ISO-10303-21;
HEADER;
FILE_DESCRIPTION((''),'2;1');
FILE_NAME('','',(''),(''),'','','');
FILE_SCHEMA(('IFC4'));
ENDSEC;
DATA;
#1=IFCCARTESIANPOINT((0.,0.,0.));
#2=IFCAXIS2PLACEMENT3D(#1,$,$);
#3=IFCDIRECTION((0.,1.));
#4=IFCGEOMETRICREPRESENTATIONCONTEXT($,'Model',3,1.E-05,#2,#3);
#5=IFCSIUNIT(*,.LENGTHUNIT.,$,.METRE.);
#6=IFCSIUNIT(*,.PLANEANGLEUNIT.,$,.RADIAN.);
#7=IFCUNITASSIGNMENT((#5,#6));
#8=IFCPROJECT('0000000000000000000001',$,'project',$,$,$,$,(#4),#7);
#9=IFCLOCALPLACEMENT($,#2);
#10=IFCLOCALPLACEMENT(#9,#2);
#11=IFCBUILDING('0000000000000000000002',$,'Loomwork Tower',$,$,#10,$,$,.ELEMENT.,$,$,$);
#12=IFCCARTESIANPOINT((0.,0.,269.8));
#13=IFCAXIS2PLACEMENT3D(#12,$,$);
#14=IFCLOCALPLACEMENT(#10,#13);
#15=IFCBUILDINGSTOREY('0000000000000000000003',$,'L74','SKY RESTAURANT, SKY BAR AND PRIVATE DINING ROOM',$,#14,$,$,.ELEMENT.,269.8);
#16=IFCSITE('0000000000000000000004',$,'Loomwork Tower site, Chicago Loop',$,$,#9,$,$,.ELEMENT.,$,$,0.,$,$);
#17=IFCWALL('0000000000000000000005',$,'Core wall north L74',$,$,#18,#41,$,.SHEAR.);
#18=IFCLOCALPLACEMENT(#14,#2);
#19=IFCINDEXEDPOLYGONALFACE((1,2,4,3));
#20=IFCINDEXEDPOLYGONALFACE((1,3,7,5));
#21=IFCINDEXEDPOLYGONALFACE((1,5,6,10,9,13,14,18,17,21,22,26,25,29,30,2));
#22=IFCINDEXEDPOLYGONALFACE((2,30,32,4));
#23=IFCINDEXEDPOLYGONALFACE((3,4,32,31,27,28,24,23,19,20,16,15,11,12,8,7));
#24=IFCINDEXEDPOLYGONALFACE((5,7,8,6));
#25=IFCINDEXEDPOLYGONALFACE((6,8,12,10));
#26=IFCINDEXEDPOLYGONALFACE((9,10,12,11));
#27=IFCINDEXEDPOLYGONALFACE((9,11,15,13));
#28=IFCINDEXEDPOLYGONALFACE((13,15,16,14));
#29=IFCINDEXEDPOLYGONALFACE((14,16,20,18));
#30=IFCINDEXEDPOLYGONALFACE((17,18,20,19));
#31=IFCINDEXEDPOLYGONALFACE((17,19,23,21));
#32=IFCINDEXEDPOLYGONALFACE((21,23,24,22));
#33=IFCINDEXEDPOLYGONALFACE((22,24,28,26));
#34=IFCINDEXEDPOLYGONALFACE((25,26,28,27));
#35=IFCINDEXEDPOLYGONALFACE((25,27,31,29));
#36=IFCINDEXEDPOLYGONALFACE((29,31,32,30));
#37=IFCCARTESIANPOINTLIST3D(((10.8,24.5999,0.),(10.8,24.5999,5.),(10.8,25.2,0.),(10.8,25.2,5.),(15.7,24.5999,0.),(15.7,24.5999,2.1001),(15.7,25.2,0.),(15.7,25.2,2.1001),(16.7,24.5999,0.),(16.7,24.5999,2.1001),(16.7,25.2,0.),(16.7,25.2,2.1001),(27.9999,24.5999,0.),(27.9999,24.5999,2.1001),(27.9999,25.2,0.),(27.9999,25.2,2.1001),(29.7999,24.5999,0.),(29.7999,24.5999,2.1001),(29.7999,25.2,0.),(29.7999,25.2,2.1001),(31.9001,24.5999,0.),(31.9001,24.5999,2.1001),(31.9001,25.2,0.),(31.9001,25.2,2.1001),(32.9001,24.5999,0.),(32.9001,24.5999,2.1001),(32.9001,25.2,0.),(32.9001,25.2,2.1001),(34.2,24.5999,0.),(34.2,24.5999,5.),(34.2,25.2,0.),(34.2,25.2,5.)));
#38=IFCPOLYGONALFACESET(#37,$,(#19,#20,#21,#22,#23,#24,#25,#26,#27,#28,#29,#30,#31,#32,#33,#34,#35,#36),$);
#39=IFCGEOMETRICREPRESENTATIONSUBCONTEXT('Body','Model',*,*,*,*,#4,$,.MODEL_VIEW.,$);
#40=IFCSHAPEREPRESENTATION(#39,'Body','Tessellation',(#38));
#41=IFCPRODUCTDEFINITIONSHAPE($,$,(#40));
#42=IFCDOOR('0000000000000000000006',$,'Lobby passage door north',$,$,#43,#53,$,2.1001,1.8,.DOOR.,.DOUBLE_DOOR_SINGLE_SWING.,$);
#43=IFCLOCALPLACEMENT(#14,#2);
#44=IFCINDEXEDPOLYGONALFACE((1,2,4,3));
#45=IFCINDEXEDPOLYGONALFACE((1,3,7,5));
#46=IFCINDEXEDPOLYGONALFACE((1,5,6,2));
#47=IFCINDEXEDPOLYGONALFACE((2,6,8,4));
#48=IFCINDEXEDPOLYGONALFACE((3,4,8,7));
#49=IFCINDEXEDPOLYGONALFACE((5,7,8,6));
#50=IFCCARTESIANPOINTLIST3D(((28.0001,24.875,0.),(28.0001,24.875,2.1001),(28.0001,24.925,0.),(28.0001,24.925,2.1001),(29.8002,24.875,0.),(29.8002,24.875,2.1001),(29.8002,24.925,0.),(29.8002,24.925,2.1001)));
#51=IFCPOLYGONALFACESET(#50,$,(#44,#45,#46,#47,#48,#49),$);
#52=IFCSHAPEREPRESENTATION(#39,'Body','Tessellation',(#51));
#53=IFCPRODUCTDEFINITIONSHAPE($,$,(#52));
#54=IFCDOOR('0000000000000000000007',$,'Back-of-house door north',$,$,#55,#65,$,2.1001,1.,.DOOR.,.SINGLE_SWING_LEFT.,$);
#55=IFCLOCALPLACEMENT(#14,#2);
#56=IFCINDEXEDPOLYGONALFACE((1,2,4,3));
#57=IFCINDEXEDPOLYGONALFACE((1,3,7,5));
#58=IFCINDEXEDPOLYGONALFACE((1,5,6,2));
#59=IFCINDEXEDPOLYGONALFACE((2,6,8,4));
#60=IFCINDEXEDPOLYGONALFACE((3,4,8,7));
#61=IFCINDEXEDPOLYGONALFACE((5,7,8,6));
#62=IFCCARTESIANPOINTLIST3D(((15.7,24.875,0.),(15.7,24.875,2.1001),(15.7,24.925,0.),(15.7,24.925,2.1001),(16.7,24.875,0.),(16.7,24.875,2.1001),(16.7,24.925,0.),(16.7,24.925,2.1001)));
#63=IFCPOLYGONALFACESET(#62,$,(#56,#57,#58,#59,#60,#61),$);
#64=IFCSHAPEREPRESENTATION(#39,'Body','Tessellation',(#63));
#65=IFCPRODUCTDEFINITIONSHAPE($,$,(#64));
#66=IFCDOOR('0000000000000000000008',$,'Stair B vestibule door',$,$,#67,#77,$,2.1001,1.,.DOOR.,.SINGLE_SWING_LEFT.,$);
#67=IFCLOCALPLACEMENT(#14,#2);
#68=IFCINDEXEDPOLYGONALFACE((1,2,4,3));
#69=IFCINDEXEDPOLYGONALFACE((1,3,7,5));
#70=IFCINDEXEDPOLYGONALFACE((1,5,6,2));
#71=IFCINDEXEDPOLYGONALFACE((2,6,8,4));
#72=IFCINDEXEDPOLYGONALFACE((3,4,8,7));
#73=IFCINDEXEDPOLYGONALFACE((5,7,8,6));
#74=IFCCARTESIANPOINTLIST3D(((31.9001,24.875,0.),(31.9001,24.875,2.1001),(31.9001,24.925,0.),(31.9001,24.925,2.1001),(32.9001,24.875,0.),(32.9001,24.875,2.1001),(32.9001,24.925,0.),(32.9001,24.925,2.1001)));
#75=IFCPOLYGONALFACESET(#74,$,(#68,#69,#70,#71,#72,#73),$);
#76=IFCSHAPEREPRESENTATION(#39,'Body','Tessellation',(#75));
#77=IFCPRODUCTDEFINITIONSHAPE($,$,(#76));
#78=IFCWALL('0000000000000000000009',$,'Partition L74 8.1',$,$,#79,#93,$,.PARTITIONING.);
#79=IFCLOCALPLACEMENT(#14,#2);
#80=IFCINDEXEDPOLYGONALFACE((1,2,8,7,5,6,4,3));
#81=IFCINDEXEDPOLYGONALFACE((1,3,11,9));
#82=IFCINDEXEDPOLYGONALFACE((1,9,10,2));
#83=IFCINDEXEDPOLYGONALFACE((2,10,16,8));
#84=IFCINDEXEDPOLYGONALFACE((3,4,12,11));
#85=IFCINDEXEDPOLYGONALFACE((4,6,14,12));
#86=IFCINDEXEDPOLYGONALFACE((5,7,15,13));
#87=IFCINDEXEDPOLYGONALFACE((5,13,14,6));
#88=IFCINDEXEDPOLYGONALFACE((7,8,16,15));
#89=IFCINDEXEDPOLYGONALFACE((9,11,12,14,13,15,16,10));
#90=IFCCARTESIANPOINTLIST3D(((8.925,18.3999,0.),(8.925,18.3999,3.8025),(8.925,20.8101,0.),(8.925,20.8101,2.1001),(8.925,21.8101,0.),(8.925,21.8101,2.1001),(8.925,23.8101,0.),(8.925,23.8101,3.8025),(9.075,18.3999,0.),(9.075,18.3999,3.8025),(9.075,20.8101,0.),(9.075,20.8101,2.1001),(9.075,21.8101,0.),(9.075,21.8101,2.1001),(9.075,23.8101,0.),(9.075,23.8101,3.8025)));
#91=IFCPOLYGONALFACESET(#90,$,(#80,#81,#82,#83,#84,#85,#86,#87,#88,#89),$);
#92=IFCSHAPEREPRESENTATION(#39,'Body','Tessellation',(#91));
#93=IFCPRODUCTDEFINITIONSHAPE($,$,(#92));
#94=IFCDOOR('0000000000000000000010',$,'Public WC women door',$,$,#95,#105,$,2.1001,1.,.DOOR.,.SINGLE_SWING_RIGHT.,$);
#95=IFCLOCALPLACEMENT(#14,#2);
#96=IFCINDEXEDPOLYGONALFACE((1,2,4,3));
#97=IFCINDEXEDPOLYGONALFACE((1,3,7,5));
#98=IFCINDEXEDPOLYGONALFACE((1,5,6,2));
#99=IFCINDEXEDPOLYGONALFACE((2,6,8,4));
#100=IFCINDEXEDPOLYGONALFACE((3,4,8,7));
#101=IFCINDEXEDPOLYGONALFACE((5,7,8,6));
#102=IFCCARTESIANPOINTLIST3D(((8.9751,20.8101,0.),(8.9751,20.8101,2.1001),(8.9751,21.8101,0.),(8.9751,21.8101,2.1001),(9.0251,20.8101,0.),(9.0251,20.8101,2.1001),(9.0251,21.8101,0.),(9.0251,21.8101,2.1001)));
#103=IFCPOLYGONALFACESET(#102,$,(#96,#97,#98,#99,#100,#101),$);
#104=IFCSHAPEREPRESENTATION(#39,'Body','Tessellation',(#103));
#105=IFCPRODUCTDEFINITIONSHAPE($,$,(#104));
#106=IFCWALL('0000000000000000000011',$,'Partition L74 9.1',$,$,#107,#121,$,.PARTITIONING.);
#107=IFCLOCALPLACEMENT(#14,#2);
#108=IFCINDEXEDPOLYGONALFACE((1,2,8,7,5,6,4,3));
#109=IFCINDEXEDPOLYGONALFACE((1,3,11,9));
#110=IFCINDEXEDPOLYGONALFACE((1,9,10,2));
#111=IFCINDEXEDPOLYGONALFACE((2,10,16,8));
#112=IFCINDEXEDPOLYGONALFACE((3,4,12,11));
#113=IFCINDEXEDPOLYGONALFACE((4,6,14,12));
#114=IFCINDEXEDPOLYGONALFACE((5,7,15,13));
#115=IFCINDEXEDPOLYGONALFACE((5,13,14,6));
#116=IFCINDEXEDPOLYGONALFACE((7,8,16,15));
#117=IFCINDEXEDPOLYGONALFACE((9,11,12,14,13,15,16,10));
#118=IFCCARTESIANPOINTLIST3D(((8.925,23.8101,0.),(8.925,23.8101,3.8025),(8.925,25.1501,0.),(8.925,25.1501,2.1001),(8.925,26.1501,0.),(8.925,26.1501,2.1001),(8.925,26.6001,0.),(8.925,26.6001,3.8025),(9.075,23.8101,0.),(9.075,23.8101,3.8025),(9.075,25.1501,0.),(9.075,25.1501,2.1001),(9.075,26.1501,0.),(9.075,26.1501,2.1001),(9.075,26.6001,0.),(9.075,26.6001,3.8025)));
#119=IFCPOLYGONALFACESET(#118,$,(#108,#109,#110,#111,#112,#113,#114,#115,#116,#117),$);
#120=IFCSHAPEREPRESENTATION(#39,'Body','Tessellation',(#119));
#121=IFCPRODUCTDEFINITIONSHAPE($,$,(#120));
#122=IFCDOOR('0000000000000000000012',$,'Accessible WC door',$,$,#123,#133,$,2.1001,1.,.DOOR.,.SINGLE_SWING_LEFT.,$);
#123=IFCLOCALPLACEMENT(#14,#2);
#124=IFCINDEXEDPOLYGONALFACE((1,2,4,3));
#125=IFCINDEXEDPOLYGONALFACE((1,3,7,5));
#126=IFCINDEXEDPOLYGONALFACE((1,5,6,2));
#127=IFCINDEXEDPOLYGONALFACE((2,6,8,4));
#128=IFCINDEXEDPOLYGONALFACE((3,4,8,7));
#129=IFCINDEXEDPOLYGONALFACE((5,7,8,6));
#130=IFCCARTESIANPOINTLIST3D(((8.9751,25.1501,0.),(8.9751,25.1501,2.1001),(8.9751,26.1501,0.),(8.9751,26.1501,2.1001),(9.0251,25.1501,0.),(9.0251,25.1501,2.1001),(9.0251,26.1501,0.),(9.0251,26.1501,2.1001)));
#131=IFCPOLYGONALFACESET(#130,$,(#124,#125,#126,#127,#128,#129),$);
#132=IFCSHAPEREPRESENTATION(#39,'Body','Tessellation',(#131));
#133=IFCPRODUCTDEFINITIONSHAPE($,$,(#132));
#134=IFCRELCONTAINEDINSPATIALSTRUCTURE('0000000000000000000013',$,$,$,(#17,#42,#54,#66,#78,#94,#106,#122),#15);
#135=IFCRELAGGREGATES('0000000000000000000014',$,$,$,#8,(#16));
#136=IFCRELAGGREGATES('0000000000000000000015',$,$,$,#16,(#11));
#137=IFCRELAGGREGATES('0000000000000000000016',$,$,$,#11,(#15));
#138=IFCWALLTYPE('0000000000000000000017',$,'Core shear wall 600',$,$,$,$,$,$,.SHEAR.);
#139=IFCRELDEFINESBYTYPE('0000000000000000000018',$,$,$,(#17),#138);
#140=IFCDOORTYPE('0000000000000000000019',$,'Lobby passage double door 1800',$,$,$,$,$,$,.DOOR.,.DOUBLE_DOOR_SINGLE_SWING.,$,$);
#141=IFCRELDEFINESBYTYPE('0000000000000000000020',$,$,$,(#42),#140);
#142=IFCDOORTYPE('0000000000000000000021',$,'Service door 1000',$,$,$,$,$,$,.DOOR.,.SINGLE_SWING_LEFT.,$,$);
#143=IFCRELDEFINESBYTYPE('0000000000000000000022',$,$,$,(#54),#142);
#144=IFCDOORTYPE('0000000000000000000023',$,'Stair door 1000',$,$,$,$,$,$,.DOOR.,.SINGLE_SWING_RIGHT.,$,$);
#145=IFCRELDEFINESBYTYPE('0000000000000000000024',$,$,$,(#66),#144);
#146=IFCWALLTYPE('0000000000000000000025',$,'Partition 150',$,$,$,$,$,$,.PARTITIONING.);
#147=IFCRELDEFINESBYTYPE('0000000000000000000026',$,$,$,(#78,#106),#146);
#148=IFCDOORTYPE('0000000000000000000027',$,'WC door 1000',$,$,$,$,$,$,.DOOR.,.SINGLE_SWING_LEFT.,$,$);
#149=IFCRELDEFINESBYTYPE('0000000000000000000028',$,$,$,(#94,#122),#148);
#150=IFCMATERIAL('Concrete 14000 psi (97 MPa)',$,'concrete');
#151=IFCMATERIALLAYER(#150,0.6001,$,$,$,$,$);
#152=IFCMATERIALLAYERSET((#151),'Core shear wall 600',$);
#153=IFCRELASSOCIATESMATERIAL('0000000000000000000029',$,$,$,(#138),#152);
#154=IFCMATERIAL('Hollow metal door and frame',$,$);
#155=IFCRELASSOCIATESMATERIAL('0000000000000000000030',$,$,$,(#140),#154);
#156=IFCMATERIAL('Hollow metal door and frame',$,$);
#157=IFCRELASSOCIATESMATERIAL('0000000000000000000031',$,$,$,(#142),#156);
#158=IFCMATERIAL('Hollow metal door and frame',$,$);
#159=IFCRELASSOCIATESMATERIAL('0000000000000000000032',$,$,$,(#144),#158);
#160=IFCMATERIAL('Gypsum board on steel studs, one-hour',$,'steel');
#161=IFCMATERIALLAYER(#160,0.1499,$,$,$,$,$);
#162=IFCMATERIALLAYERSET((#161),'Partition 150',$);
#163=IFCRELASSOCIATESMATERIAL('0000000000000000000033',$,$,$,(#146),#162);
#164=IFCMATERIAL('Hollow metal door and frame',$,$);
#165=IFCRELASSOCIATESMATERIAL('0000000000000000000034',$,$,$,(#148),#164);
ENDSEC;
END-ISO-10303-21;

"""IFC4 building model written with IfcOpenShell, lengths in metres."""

from ifc_helpers import new_model, si_unit, direction, frame, frame_2d, origin, place, context, subcontext, project, spatial, rectangle, extrude, material, layer, layer_set, type_object, element, fill, save


model = new_model("IFC4")

# Units and contexts
model_context = context("Model", 3, precision=1e-05, world=origin(), true_north=direction((0.0, 1.0)))
body_context = subcontext(model_context, "Body", "Model", "MODEL_VIEW")
ifc_project = project(units=[si_unit("LENGTHUNIT", "METRE"), si_unit("PLANEANGLEUNIT", "RADIAN")], contexts=[model_context])

# Site, building, storey
site_placement = place(None, origin())
site = spatial("IfcSite", under=ifc_project, at=site_placement, Name="Loomwork Tower site, Chicago Loop", CompositionType="ELEMENT", RefElevation=0.0)
building_placement = place(site_placement, origin())
building = spatial("IfcBuilding", under=site, at=building_placement, Name="Loomwork Tower", CompositionType="ELEMENT")
storey_placement = place(building_placement, frame((0.0, 0.0, 269.8)))
storey = spatial("IfcBuildingStorey", under=building, at=storey_placement, Name="L74", Description="SKY RESTAURANT, SKY BAR AND PRIVATE DINING ROOM", CompositionType="ELEMENT", Elevation=269.8)

# Wall, openings, doors
ifc_material_1 = material(Name="Concrete 14000 psi (97 MPa)", Category="concrete")
ifc_layer_1 = layer(ifc_material_1, 0.6001)
ifc_layer_set_1 = layer_set([ifc_layer_1], Name="Core shear wall 600")
wall_type_1 = type_object("IfcWallType", Name="Core shear wall 600", PredefinedType="SHEAR", material=ifc_layer_set_1)
wall_1_placement = place(storey_placement, frame((10.8, 24.8999, 0.0), z_axis=(0.0, 0.0, 1.0), x_axis=(1.0, 0.0, 0.0)))
wall_1 = element("IfcWall", 1, at=wall_1_placement, inside=storey, type_object=wall_type_1, Name="Core wall north L74", PredefinedType="SHEAR", context=body_context, shape_type="SweptSolid", body=[
    extrude(rectangle(XDim=23.3999, YDim=0.6001, at=frame_2d((11.7, 0.0))), origin(), (0.0, 0.0, 1.0), 5.0),
])
opening_1_placement = place(wall_1_placement, frame((17.2, 0.0, 0.0)))
opening_1 = element("IfcOpeningElement", 2, at=opening_1_placement, cuts=wall_1, PredefinedType="OPENING", context=body_context, shape_type="SweptSolid", body=[
    extrude(rectangle(XDim=1.8, YDim=2.1001, at=frame_2d((0.8999, 1.05))), frame((0.0, 0.3101, 0.0), z_axis=(0.0, -1.0, 0.0), x_axis=(1.0, 0.0, 0.0)), (0.0, 0.0, 1.0), 0.6201),
])
opening_2_placement = place(wall_1_placement, frame((21.1001, 0.0, 0.0)))
opening_2 = element("IfcOpeningElement", 3, at=opening_2_placement, cuts=wall_1, PredefinedType="OPENING", context=body_context, shape_type="SweptSolid", body=[
    extrude(rectangle(XDim=1.0, YDim=2.1001, at=frame_2d((0.5, 1.05))), frame((0.0, 0.3101, 0.0), z_axis=(0.0, -1.0, 0.0), x_axis=(1.0, 0.0, 0.0)), (0.0, 0.0, 1.0), 0.6201),
])
opening_3_placement = place(wall_1_placement, frame((4.8999, 0.0, 0.0)))
opening_3 = element("IfcOpeningElement", 4, at=opening_3_placement, cuts=wall_1, PredefinedType="OPENING", context=body_context, shape_type="SweptSolid", body=[
    extrude(rectangle(XDim=1.0, YDim=2.1001, at=frame_2d((0.5, 1.05))), frame((0.0, 0.3101, 0.0), z_axis=(0.0, -1.0, 0.0), x_axis=(1.0, 0.0, 0.0)), (0.0, 0.0, 1.0), 0.6201),
])
ifc_material_2 = material(Name="Hollow metal door and frame")
door_type_1 = type_object("IfcDoorType", Name="Lobby passage double door 1800", OperationType="DOUBLE_DOOR_SINGLE_SWING", PredefinedType="DOOR", material=ifc_material_2)
door_1_placement = place(opening_1_placement, frame((1.8, 0.0, 0.0), z_axis=(0.0, 0.0, 1.0), x_axis=(-1.0, 0.0, 0.0)))
door_1 = element("IfcDoor", 5, at=door_1_placement, inside=storey, type_object=door_type_1, Name="Lobby passage door north", OperationType="DOUBLE_DOOR_SINGLE_SWING", OverallHeight=2.1001, OverallWidth=1.8, PredefinedType="DOOR", context=body_context, shape_type="SweptSolid", body=[
    extrude(rectangle(XDim=1.8, YDim=2.1001, at=frame_2d((0.8999, 1.05))), frame((0.0, 0.0249, 0.0), z_axis=(0.0, -1.0, 0.0), x_axis=(1.0, 0.0, 0.0)), (0.0, 0.0, 1.0), 0.05),
])
fill(opening_1, door_1)
ifc_material_3 = material(Name="Hollow metal door and frame")
door_type_2 = type_object("IfcDoorType", Name="Service door 1000", OperationType="SINGLE_SWING_LEFT", PredefinedType="DOOR", material=ifc_material_3)
door_2_placement = place(opening_3_placement, frame((1.0, 0.0, 0.0), z_axis=(0.0, 0.0, 1.0), x_axis=(-1.0, 0.0, 0.0)))
door_2 = element("IfcDoor", 6, at=door_2_placement, inside=storey, type_object=door_type_2, Name="Back-of-house door north", OperationType="SINGLE_SWING_LEFT", OverallHeight=2.1001, OverallWidth=1.0, PredefinedType="DOOR", context=body_context, shape_type="SweptSolid", body=[
    extrude(rectangle(XDim=1.0, YDim=2.1001, at=frame_2d((0.5, 1.05))), frame((0.0, 0.0249, 0.0), z_axis=(0.0, -1.0, 0.0), x_axis=(1.0, 0.0, 0.0)), (0.0, 0.0, 1.0), 0.05),
])
fill(opening_3, door_2)
ifc_material_4 = material(Name="Hollow metal door and frame")
door_type_3 = type_object("IfcDoorType", Name="Stair door 1000", OperationType="SINGLE_SWING_RIGHT", PredefinedType="DOOR", material=ifc_material_4)
door_3_placement = place(opening_2_placement, frame((1.0, 0.0, 0.0), z_axis=(0.0, 0.0, 1.0), x_axis=(-1.0, 0.0, 0.0)))
door_3 = element("IfcDoor", 7, at=door_3_placement, inside=storey, type_object=door_type_3, Name="Stair B vestibule door", OperationType="SINGLE_SWING_LEFT", OverallHeight=2.1001, OverallWidth=1.0, PredefinedType="DOOR", context=body_context, shape_type="SweptSolid", body=[
    extrude(rectangle(XDim=1.0, YDim=2.1001, at=frame_2d((0.5, 1.05))), frame((0.0, 0.0249, 0.0), z_axis=(0.0, -1.0, 0.0), x_axis=(1.0, 0.0, 0.0)), (0.0, 0.0, 1.0), 0.05),
])
fill(opening_2, door_3)

# Walls, openings, doors
ifc_material_5 = material(Name="Gypsum board on steel studs, one-hour", Category="steel")
ifc_layer_2 = layer(ifc_material_5, 0.1499)
ifc_layer_set_2 = layer_set([ifc_layer_2], Name="Partition 150")
wall_type_2 = type_object("IfcWallType", Name="Partition 150", PredefinedType="PARTITIONING", material=ifc_layer_set_2)
wall_2_placement = place(storey_placement, frame((9.0, 23.8101, 0.0), z_axis=(0.0, 0.0, 1.0), x_axis=(0.0, -1.0, 0.0)))
wall_2 = element("IfcWall", 8, at=wall_2_placement, inside=storey, type_object=wall_type_2, Name="Partition L74 8.1", PredefinedType="PARTITIONING", context=body_context, shape_type="SweptSolid", body=[
    extrude(rectangle(XDim=5.4102, YDim=0.1499, at=frame_2d((2.7051, 0.0))), origin(), (0.0, 0.0, 1.0), 3.8025),
])
opening_4_placement = place(wall_2_placement, frame((2.0, 0.0, 0.0)))
opening_4 = element("IfcOpeningElement", 9, at=opening_4_placement, cuts=wall_2, PredefinedType="OPENING", context=body_context, shape_type="SweptSolid", body=[
    extrude(rectangle(XDim=1.0, YDim=2.1001, at=frame_2d((0.5, 1.05))), frame((0.0, 0.085, 0.0), z_axis=(0.0, -1.0, 0.0), x_axis=(1.0, 0.0, 0.0)), (0.0, 0.0, 1.0), 0.1699),
])
ifc_material_6 = material(Name="Hollow metal door and frame")
door_type_4 = type_object("IfcDoorType", Name="WC door 1000", OperationType="SINGLE_SWING_LEFT", PredefinedType="DOOR", material=ifc_material_6)
door_4_placement = place(opening_4_placement, frame((1.0, 0.0, 0.0), z_axis=(0.0, 0.0, 1.0), x_axis=(-1.0, 0.0, 0.0)))
door_4 = element("IfcDoor", 10, at=door_4_placement, inside=storey, type_object=door_type_4, Name="Public WC women door", OperationType="SINGLE_SWING_RIGHT", OverallHeight=2.1001, OverallWidth=1.0, PredefinedType="DOOR", context=body_context, shape_type="SweptSolid", body=[
    extrude(rectangle(XDim=1.0, YDim=2.1001, at=frame_2d((0.5, 1.05))), frame((0.0, 0.0249, 0.0), z_axis=(0.0, -1.0, 0.0), x_axis=(1.0, 0.0, 0.0)), (0.0, 0.0, 1.0), 0.05),
])
fill(opening_4, door_4)
wall_3_placement = place(storey_placement, frame((9.0, 26.6001, 0.0), z_axis=(0.0, 0.0, 1.0), x_axis=(0.0, -1.0, 0.0)))
wall_3 = element("IfcWall", 11, at=wall_3_placement, inside=storey, type_object=wall_type_2, Name="Partition L74 9.1", PredefinedType="PARTITIONING", context=body_context, shape_type="SweptSolid", body=[
    extrude(rectangle(XDim=2.79, YDim=0.1499, at=frame_2d((1.395, 0.0))), origin(), (0.0, 0.0, 1.0), 3.8025),
])
opening_5_placement = place(wall_3_placement, frame((0.45, 0.0, 0.0)))
opening_5 = element("IfcOpeningElement", 12, at=opening_5_placement, cuts=wall_3, PredefinedType="OPENING", context=body_context, shape_type="SweptSolid", body=[
    extrude(rectangle(XDim=1.0, YDim=2.1001, at=frame_2d((0.5, 1.05))), frame((0.0, 0.085, 0.0), z_axis=(0.0, -1.0, 0.0), x_axis=(1.0, 0.0, 0.0)), (0.0, 0.0, 1.0), 0.1699),
])
door_5_placement = place(opening_5_placement, frame((1.0, 0.0, 0.0), z_axis=(0.0, 0.0, 1.0), x_axis=(-1.0, 0.0, 0.0)))
door_5 = element("IfcDoor", 13, at=door_5_placement, inside=storey, type_object=door_type_4, Name="Accessible WC door", OperationType="SINGLE_SWING_LEFT", OverallHeight=2.1001, OverallWidth=1.0, PredefinedType="DOOR", context=body_context, shape_type="SweptSolid", body=[
    extrude(rectangle(XDim=1.0, YDim=2.1001, at=frame_2d((0.5, 1.05))), frame((0.0, 0.0249, 0.0), z_axis=(0.0, -1.0, 0.0), x_axis=(1.0, 0.0, 0.0)), (0.0, 0.0, 1.0), 0.05),
])
fill(opening_5, door_5)

save(model, "model.ifc")
